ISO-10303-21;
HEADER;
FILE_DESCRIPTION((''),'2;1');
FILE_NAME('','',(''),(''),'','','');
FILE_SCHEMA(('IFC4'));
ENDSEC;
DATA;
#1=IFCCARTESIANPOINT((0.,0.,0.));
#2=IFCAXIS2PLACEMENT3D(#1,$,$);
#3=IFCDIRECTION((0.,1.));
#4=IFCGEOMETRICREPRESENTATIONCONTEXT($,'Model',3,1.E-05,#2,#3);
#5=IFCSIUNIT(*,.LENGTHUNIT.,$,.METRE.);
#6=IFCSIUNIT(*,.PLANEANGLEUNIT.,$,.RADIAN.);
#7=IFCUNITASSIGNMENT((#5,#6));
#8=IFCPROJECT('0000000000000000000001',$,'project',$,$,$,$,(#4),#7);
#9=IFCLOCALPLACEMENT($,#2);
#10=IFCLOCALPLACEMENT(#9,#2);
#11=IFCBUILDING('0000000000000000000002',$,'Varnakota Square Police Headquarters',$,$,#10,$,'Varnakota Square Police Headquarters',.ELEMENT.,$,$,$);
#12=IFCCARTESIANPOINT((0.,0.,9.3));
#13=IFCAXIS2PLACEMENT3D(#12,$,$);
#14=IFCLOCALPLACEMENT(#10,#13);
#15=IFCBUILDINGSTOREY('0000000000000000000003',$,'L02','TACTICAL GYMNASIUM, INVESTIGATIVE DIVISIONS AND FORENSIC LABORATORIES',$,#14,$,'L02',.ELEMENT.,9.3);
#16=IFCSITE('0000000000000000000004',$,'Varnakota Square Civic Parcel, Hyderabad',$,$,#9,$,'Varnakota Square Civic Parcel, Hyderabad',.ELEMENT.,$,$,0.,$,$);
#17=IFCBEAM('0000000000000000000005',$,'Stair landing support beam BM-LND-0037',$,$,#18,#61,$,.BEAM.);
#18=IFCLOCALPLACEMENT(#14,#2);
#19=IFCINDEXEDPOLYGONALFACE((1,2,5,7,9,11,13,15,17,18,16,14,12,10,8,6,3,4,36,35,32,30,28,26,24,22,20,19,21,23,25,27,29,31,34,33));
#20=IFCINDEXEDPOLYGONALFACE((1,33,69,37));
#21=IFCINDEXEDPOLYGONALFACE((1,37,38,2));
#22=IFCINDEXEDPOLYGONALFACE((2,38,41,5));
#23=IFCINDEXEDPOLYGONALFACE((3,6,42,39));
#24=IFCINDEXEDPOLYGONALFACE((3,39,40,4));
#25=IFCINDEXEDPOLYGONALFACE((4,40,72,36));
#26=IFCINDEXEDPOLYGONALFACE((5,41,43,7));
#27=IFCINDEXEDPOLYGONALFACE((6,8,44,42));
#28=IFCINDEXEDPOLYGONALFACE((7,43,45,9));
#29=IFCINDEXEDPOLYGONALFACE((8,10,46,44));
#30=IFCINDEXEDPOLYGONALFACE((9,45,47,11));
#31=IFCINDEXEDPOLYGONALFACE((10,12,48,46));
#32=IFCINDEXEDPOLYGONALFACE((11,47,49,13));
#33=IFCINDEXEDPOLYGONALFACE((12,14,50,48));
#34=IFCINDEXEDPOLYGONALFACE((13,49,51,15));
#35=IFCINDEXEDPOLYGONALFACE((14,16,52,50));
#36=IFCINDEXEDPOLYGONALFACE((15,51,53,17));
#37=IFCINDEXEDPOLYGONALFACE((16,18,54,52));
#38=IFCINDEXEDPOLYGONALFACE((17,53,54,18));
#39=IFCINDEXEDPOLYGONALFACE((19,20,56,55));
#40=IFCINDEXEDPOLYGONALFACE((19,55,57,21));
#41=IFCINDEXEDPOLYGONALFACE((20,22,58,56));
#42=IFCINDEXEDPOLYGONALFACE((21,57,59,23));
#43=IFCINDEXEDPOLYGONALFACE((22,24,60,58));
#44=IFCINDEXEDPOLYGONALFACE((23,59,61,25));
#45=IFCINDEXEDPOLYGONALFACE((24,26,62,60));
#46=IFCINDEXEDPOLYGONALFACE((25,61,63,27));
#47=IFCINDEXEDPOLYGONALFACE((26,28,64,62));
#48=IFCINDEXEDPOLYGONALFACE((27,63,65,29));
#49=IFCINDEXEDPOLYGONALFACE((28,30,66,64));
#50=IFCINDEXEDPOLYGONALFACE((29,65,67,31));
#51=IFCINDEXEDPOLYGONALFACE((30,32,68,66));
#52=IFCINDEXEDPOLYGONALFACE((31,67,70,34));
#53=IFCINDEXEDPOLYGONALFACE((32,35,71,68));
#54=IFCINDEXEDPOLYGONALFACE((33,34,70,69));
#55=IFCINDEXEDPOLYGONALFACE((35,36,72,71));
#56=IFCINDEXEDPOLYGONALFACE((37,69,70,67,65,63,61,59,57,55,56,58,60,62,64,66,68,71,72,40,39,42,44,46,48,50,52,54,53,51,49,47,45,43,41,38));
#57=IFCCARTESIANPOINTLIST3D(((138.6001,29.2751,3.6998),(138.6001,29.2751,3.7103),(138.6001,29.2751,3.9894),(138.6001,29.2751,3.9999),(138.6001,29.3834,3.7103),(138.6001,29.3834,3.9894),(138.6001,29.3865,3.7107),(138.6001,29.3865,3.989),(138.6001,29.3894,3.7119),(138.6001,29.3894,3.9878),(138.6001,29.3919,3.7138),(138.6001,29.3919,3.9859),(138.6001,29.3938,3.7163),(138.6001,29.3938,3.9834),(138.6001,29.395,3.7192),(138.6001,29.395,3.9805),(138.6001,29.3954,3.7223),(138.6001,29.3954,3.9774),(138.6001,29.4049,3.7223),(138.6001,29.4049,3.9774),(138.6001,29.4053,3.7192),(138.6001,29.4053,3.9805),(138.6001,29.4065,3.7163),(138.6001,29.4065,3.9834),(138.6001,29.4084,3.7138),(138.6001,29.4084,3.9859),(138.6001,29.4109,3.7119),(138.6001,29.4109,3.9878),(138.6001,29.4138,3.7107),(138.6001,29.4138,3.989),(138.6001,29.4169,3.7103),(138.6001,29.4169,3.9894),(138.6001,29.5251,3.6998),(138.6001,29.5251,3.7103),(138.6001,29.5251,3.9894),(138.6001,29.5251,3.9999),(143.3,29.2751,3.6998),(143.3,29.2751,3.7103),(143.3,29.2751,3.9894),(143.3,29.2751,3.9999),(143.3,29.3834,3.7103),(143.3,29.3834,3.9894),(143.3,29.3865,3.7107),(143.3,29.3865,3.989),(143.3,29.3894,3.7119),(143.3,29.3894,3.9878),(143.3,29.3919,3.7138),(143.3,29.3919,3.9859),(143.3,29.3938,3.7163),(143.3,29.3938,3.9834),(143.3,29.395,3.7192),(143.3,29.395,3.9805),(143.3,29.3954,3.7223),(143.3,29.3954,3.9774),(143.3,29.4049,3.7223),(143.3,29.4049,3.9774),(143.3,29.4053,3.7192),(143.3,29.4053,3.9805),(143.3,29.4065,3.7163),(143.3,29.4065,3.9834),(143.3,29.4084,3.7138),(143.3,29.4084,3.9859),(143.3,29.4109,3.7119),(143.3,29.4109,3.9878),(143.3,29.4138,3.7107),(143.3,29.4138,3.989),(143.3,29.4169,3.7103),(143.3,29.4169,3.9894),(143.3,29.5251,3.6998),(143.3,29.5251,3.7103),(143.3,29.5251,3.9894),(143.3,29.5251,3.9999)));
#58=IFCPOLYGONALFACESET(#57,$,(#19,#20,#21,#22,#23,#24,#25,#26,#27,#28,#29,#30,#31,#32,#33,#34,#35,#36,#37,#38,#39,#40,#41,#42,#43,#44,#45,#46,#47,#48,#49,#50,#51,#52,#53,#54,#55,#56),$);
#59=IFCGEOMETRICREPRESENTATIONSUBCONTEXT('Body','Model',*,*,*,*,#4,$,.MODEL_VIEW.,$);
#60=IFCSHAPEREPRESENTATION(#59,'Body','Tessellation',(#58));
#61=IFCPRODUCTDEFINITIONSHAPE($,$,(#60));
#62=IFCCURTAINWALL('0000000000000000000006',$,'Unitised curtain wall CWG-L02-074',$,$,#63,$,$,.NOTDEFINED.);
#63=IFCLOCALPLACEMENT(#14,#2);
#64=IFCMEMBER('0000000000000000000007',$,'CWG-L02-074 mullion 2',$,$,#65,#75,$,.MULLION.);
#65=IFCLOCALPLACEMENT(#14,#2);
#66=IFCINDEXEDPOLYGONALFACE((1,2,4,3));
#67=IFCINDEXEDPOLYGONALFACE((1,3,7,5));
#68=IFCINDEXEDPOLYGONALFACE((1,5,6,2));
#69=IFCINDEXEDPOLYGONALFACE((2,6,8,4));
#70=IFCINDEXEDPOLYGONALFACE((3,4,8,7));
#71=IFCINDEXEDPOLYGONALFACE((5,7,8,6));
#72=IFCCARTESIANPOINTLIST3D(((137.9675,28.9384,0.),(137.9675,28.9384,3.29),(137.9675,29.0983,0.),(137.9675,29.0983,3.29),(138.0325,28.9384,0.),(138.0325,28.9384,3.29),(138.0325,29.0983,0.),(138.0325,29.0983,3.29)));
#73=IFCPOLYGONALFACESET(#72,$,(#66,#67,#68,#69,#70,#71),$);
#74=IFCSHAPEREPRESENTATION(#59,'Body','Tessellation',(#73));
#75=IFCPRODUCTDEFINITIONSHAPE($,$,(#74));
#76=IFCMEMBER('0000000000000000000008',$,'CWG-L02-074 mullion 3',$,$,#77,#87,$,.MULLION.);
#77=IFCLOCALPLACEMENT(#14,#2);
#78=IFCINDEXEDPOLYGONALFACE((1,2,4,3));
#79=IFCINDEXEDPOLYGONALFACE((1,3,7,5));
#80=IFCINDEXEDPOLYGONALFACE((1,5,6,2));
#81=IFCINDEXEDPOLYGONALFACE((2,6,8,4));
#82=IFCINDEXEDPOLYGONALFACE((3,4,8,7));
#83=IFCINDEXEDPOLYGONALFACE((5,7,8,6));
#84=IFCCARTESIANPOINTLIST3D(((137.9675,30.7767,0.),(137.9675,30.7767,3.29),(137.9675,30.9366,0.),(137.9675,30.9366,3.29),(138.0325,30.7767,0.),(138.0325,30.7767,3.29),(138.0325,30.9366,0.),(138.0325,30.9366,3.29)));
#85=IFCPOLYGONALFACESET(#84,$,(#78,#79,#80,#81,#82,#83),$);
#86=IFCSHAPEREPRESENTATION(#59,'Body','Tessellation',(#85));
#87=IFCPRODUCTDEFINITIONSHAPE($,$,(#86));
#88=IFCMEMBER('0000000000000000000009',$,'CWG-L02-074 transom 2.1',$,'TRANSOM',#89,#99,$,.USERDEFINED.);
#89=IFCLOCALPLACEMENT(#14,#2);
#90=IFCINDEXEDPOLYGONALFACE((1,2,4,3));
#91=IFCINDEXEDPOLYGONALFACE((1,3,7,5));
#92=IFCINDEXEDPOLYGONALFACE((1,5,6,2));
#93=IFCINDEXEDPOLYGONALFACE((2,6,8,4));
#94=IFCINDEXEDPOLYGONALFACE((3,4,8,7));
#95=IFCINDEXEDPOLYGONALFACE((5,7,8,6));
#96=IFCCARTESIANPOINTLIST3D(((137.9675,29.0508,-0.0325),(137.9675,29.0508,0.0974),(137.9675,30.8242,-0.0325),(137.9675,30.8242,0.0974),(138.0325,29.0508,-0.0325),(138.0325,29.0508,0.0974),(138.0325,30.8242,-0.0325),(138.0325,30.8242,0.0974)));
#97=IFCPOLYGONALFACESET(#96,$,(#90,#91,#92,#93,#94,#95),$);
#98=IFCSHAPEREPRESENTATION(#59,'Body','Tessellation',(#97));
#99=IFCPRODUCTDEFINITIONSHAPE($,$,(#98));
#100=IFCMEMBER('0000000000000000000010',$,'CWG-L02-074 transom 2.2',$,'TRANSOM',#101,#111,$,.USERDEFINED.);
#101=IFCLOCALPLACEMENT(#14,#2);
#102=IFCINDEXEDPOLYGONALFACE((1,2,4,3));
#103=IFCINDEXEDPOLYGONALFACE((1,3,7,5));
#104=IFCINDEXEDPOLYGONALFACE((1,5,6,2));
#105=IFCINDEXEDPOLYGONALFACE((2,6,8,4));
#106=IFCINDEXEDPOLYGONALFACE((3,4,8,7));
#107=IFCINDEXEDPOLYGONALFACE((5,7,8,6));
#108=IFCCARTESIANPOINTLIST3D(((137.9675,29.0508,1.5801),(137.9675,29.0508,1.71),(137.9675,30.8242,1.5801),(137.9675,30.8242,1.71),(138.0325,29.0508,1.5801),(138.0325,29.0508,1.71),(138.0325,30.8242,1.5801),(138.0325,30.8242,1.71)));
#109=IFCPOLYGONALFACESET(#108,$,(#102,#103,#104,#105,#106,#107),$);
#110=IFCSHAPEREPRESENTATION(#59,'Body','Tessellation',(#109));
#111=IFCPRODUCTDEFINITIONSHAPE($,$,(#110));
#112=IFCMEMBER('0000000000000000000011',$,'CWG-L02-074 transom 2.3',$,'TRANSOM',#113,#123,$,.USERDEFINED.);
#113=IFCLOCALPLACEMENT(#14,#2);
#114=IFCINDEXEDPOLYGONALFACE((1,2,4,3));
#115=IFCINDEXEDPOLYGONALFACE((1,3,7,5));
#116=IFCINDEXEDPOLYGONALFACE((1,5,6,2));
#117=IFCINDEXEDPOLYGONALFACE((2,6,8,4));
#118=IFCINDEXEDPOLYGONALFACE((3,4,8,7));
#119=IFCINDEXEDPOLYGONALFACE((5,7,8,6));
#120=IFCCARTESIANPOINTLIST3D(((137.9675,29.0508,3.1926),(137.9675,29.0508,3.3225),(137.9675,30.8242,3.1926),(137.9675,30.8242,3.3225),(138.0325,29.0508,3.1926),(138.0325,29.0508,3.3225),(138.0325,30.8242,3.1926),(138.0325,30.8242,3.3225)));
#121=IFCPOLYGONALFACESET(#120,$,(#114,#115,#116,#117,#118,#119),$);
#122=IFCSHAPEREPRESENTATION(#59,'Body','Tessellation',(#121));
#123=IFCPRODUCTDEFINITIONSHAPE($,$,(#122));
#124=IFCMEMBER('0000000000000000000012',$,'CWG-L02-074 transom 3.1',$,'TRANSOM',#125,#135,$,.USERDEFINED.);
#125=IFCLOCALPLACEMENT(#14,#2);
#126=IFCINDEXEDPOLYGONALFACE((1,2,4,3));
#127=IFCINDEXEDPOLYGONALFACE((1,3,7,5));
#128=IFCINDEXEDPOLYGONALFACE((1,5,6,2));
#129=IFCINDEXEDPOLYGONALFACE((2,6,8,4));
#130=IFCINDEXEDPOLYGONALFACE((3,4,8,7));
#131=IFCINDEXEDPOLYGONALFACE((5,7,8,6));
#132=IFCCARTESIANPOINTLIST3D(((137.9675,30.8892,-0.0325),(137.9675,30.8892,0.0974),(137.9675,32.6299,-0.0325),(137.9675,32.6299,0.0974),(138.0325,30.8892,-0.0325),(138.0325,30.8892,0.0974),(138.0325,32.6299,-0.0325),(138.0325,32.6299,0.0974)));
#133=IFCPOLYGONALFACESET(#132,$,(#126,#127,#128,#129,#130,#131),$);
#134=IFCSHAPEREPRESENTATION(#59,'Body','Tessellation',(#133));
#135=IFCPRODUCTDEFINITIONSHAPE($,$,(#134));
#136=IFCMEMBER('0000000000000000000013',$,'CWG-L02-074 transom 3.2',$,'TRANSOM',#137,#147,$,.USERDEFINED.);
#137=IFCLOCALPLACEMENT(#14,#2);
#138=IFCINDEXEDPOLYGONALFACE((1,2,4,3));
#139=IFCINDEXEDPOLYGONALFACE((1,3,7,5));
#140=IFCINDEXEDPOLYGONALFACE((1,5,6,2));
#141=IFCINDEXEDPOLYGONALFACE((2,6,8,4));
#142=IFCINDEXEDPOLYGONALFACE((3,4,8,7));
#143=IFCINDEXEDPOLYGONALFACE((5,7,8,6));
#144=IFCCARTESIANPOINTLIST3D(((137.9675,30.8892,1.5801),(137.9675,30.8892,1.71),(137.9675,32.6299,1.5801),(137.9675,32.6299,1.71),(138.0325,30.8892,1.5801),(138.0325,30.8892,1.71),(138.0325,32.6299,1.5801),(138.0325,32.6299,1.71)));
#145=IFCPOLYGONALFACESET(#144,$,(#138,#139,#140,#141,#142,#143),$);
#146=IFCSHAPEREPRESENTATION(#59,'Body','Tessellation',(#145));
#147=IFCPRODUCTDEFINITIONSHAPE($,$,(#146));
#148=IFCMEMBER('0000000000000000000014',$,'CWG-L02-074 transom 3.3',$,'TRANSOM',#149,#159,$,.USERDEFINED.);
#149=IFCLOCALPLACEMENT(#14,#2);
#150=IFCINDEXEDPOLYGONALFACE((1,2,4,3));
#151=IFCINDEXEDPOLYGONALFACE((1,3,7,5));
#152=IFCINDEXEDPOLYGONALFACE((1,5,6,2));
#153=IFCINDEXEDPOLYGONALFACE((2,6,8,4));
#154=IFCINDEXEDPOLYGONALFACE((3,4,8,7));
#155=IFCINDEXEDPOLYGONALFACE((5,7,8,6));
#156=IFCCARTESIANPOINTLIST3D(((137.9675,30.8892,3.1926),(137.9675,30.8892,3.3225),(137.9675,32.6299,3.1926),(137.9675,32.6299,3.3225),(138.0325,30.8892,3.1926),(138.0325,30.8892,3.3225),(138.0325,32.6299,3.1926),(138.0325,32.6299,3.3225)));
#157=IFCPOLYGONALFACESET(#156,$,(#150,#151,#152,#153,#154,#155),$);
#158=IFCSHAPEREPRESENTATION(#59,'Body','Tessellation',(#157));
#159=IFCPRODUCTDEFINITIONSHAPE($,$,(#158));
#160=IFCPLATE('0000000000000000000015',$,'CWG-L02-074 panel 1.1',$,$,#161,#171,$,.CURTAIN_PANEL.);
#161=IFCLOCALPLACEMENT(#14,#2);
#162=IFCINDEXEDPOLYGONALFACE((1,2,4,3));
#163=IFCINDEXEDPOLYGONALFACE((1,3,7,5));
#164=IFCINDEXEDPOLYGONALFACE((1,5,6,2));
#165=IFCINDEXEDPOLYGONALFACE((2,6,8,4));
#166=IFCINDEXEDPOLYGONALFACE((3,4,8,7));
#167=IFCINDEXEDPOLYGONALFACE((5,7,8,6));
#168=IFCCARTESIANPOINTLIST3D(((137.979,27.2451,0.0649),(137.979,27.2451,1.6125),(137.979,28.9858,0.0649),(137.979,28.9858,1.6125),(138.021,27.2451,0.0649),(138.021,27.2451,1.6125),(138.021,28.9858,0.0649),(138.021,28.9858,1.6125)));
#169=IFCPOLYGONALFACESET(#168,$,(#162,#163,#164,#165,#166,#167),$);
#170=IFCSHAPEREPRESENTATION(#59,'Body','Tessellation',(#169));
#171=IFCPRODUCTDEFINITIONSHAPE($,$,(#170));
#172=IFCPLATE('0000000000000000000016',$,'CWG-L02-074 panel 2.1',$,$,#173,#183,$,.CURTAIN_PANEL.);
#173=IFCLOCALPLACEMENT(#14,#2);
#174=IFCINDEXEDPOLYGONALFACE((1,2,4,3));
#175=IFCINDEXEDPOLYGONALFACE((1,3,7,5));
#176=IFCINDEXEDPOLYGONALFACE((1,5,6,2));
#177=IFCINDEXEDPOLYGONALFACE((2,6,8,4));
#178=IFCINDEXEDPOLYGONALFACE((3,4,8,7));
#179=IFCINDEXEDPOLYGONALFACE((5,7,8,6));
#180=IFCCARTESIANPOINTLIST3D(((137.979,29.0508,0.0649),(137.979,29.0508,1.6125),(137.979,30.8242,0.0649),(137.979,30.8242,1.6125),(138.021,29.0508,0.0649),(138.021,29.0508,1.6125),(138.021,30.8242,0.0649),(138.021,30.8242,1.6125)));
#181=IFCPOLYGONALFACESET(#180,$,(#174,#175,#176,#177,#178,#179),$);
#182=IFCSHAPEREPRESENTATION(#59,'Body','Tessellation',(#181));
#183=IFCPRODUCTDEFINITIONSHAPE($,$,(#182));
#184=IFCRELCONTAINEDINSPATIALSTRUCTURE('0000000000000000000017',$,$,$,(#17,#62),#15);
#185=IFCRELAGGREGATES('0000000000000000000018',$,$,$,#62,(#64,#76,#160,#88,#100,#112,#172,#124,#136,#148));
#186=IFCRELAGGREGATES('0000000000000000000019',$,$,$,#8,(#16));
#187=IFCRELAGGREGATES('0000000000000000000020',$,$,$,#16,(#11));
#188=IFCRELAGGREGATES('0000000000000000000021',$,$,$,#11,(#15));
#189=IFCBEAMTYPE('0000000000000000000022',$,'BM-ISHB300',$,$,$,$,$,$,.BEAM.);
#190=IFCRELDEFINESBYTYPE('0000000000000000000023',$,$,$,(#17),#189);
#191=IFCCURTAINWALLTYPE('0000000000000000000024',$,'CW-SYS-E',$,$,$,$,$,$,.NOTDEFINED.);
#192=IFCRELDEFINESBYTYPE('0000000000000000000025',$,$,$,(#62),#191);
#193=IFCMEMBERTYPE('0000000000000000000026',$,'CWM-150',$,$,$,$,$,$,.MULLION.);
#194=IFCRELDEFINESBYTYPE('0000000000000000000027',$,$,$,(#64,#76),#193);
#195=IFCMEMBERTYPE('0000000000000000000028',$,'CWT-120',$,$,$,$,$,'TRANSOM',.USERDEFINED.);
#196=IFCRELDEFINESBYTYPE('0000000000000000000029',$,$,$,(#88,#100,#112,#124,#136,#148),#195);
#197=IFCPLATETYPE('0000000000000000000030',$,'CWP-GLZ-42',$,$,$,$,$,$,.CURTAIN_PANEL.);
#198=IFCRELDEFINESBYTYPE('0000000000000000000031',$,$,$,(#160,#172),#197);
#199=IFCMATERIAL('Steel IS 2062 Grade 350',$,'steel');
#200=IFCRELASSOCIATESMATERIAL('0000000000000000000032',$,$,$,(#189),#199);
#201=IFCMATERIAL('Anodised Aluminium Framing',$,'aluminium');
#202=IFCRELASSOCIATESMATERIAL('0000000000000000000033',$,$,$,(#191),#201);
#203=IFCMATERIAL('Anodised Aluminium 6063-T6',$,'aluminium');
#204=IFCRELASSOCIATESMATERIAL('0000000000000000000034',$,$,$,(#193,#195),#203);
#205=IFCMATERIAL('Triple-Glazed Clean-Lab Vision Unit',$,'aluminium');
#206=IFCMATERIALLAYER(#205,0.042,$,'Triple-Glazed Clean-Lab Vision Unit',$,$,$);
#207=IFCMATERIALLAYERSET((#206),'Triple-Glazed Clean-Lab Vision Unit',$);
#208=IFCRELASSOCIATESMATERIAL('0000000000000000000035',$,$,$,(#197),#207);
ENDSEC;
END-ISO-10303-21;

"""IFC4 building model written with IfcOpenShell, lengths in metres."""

from ifc_helpers import new_model, si_unit, direction, frame, origin, origin_2d, place, context, subcontext, project, spatial, rectangle, i_section, extrude, material, layer, layer_set, material_profile, profile_set, type_object, element, aggregate, save


model = new_model("IFC4")

# Units and contexts
model_context = context("Model", 3, precision=1e-05, world=origin(), true_north=direction((0.0, 1.0)))
body_context = subcontext(model_context, "Body", "Model", "MODEL_VIEW")
ifc_project = project(units=[si_unit("LENGTHUNIT", "METRE"), si_unit("PLANEANGLEUNIT", "RADIAN")], contexts=[model_context])

# Site, building, storey
site_placement = place(None, origin())
site = spatial("IfcSite", under=ifc_project, at=site_placement, Name="Varnakota Square Civic Parcel, Hyderabad", LongName="Varnakota Square Civic Parcel, Hyderabad", CompositionType="ELEMENT", RefElevation=0.0)
building_placement = place(site_placement, origin())
building = spatial("IfcBuilding", under=site, at=building_placement, Name="Varnakota Square Police Headquarters", LongName="Varnakota Square Police Headquarters", CompositionType="ELEMENT")
storey_placement = place(building_placement, frame((0.0, 0.0, 9.3)))
storey = spatial("IfcBuildingStorey", under=building, at=storey_placement, Name="L02", Description="TACTICAL GYMNASIUM, INVESTIGATIVE DIVISIONS AND FORENSIC LABORATORIES", LongName="L02", CompositionType="ELEMENT", Elevation=9.3)

# Beam
ifc_material_1 = material(Name="Steel IS 2062 Grade 350", Category="steel")
ifc_material_profile_1 = material_profile(ifc_material_1, i_section(OverallWidth=0.25, OverallDepth=0.3, WebThickness=0.0095, FlangeThickness=0.0105, FilletRadius=0.012, at=origin_2d()), Name="ISHB 300")
ifc_profile_set_1 = profile_set([ifc_material_profile_1], Name="Steel IS 2062 Grade 350")
beam_type = type_object("IfcBeamType", Name="BM-ISHB300", PredefinedType="BEAM", material=ifc_profile_set_1)
beam_placement = place(storey_placement, frame((138.6001, 29.4001, 3.8499), z_axis=(1.0, 0.0, 0.0), x_axis=(0.0, 1.0, 0.0)))
element("IfcBeam", 1, at=beam_placement, inside=storey, type_object=beam_type, Name="Stair landing support beam BM-LND-0037", PredefinedType="BEAM", context=body_context, shape_type="SweptSolid", body=[
    extrude(i_section(OverallWidth=0.25, OverallDepth=0.3, WebThickness=0.0095, FlangeThickness=0.0105, FilletRadius=0.012, at=origin_2d()), origin(), (0.0, 0.0, 1.0), 4.7),
])

# Curtain wall, members, plates
ifc_material_2 = material(Name="Anodised Aluminium Framing", Category="aluminium")
curtain_wall_type = type_object("IfcCurtainWallType", Name="CW-SYS-E", PredefinedType="NOTDEFINED", material=ifc_material_2)
curtain_wall_placement = place(storey_placement, origin())
curtain_wall = element("IfcCurtainWall", 2, at=curtain_wall_placement, inside=storey, type_object=curtain_wall_type, Name="Unitised curtain wall CWG-L02-074", PredefinedType="NOTDEFINED")
ifc_material_3 = material(Name="Anodised Aluminium 6063-T6", Category="aluminium")
ifc_material_profile_2 = material_profile(ifc_material_3, rectangle(XDim=0.0649, YDim=0.1599, at=origin_2d()), Name="ALU MULLION 65x160")
ifc_profile_set_2 = profile_set([ifc_material_profile_2], Name="Anodised Aluminium 6063-T6")
member_type_1 = type_object("IfcMemberType", Name="CWM-150", PredefinedType="MULLION", material=ifc_profile_set_2)
member_1_placement = place(storey_placement, frame((138.0, 29.0183, 0.0), z_axis=(0.0, 0.0, 1.0), x_axis=(-1.0, 0.0, 0.0)))
member_1 = element("IfcMember", 3, at=member_1_placement, type_object=member_type_1, Name="CWG-L02-074 mullion 2", PredefinedType="MULLION", context=body_context, shape_type="SweptSolid", body=[
    extrude(rectangle(XDim=0.0649, YDim=0.1599, at=origin_2d()), origin(), (0.0, 0.0, 1.0), 3.29),
])
member_2_placement = place(storey_placement, frame((138.0, 30.8567, 0.0), z_axis=(0.0, 0.0, 1.0), x_axis=(-1.0, 0.0, 0.0)))
member_2 = element("IfcMember", 4, at=member_2_placement, type_object=member_type_1, Name="CWG-L02-074 mullion 3", PredefinedType="MULLION", context=body_context, shape_type="SweptSolid", body=[
    extrude(rectangle(XDim=0.0649, YDim=0.1599, at=origin_2d()), origin(), (0.0, 0.0, 1.0), 3.29),
])
ifc_material_profile_3 = material_profile(ifc_material_3, rectangle(XDim=0.0649, YDim=0.1299, at=origin_2d()), Name="ALU TRANSOM 65x130")
ifc_profile_set_3 = profile_set([ifc_material_profile_3], Name="Anodised Aluminium 6063-T6")
member_type_2 = type_object("IfcMemberType", Name="CWT-120", ElementType="TRANSOM", PredefinedType="USERDEFINED", material=ifc_profile_set_3)
member_3_placement = place(storey_placement, frame((138.0, 29.0508, 0.0325), z_axis=(0.0, 1.0, 0.0), x_axis=(-1.0, 0.0, 0.0)))
member_3 = element("IfcMember", 5, at=member_3_placement, type_object=member_type_2, Name="CWG-L02-074 transom 2.1", ObjectType="TRANSOM", PredefinedType="USERDEFINED", context=body_context, shape_type="SweptSolid", body=[
    extrude(rectangle(XDim=0.0649, YDim=0.1299, at=origin_2d()), origin(), (0.0, 0.0, 1.0), 1.7734),
])
member_4_placement = place(storey_placement, frame((138.0, 29.0508, 1.645), z_axis=(0.0, 1.0, 0.0), x_axis=(-1.0, 0.0, 0.0)))
member_4 = element("IfcMember", 6, at=member_4_placement, type_object=member_type_2, Name="CWG-L02-074 transom 2.2", ObjectType="TRANSOM", PredefinedType="USERDEFINED", context=body_context, shape_type="SweptSolid", body=[
    extrude(rectangle(XDim=0.0649, YDim=0.1299, at=origin_2d()), origin(), (0.0, 0.0, 1.0), 1.7734),
])
member_5_placement = place(storey_placement, frame((138.0, 29.0508, 3.2576), z_axis=(0.0, 1.0, 0.0), x_axis=(-1.0, 0.0, 0.0)))
member_5 = element("IfcMember", 7, at=member_5_placement, type_object=member_type_2, Name="CWG-L02-074 transom 2.3", ObjectType="TRANSOM", PredefinedType="USERDEFINED", context=body_context, shape_type="SweptSolid", body=[
    extrude(rectangle(XDim=0.0649, YDim=0.1299, at=origin_2d()), origin(), (0.0, 0.0, 1.0), 1.7734),
])
member_6_placement = place(storey_placement, frame((138.0, 30.8892, 0.0325), z_axis=(0.0, 1.0, 0.0), x_axis=(-1.0, 0.0, 0.0)))
member_6 = element("IfcMember", 8, at=member_6_placement, type_object=member_type_2, Name="CWG-L02-074 transom 3.1", ObjectType="TRANSOM", PredefinedType="USERDEFINED", context=body_context, shape_type="SweptSolid", body=[
    extrude(rectangle(XDim=0.0649, YDim=0.1299, at=origin_2d()), origin(), (0.0, 0.0, 1.0), 1.7407),
])
member_7_placement = place(storey_placement, frame((138.0, 30.8892, 1.645), z_axis=(0.0, 1.0, 0.0), x_axis=(-1.0, 0.0, 0.0)))
member_7 = element("IfcMember", 9, at=member_7_placement, type_object=member_type_2, Name="CWG-L02-074 transom 3.2", ObjectType="TRANSOM", PredefinedType="USERDEFINED", context=body_context, shape_type="SweptSolid", body=[
    extrude(rectangle(XDim=0.0649, YDim=0.1299, at=origin_2d()), origin(), (0.0, 0.0, 1.0), 1.7407),
])
member_8_placement = place(storey_placement, frame((138.0, 30.8892, 3.2576), z_axis=(0.0, 1.0, 0.0), x_axis=(-1.0, 0.0, 0.0)))
member_8 = element("IfcMember", 10, at=member_8_placement, type_object=member_type_2, Name="CWG-L02-074 transom 3.3", ObjectType="TRANSOM", PredefinedType="USERDEFINED", context=body_context, shape_type="SweptSolid", body=[
    extrude(rectangle(XDim=0.0649, YDim=0.1299, at=origin_2d()), origin(), (0.0, 0.0, 1.0), 1.7407),
])
ifc_material_4 = material(Name="Triple-Glazed Clean-Lab Vision Unit", Category="aluminium")
ifc_layer_1 = layer(ifc_material_4, 0.042, Name="Triple-Glazed Clean-Lab Vision Unit")
ifc_layer_set_1 = layer_set([ifc_layer_1], Name="Triple-Glazed Clean-Lab Vision Unit")
plate_type_1 = type_object("IfcPlateType", Name="CWP-GLZ-42", PredefinedType="CURTAIN_PANEL", material=ifc_layer_set_1)
plate_1_placement = place(storey_placement, frame((138.0, 28.1155, 0.0649), z_axis=(0.0, 0.0, 1.0), x_axis=(0.0, 1.0, 0.0)))
plate_1 = element("IfcPlate", 11, at=plate_1_placement, type_object=plate_type_1, Name="CWG-L02-074 panel 1.1", PredefinedType="CURTAIN_PANEL", context=body_context, shape_type="SweptSolid", body=[
    extrude(rectangle(XDim=1.7407, YDim=0.042, at=origin_2d()), origin(), (0.0, 0.0, 1.0), 1.5476),
])
plate_2_placement = place(storey_placement, frame((138.0, 29.9375, 0.0649), z_axis=(0.0, 0.0, 1.0), x_axis=(0.0, 1.0, 0.0)))
plate_2 = element("IfcPlate", 12, at=plate_2_placement, type_object=plate_type_1, Name="CWG-L02-074 panel 2.1", PredefinedType="CURTAIN_PANEL", context=body_context, shape_type="SweptSolid", body=[
    extrude(rectangle(XDim=1.7734, YDim=0.042, at=origin_2d()), origin(), (0.0, 0.0, 1.0), 1.5476),
])
aggregate(curtain_wall, [member_1, member_2, plate_1, member_3, member_4, member_5, plate_2, member_6, member_7, member_8])

save(model, "model.ifc")
